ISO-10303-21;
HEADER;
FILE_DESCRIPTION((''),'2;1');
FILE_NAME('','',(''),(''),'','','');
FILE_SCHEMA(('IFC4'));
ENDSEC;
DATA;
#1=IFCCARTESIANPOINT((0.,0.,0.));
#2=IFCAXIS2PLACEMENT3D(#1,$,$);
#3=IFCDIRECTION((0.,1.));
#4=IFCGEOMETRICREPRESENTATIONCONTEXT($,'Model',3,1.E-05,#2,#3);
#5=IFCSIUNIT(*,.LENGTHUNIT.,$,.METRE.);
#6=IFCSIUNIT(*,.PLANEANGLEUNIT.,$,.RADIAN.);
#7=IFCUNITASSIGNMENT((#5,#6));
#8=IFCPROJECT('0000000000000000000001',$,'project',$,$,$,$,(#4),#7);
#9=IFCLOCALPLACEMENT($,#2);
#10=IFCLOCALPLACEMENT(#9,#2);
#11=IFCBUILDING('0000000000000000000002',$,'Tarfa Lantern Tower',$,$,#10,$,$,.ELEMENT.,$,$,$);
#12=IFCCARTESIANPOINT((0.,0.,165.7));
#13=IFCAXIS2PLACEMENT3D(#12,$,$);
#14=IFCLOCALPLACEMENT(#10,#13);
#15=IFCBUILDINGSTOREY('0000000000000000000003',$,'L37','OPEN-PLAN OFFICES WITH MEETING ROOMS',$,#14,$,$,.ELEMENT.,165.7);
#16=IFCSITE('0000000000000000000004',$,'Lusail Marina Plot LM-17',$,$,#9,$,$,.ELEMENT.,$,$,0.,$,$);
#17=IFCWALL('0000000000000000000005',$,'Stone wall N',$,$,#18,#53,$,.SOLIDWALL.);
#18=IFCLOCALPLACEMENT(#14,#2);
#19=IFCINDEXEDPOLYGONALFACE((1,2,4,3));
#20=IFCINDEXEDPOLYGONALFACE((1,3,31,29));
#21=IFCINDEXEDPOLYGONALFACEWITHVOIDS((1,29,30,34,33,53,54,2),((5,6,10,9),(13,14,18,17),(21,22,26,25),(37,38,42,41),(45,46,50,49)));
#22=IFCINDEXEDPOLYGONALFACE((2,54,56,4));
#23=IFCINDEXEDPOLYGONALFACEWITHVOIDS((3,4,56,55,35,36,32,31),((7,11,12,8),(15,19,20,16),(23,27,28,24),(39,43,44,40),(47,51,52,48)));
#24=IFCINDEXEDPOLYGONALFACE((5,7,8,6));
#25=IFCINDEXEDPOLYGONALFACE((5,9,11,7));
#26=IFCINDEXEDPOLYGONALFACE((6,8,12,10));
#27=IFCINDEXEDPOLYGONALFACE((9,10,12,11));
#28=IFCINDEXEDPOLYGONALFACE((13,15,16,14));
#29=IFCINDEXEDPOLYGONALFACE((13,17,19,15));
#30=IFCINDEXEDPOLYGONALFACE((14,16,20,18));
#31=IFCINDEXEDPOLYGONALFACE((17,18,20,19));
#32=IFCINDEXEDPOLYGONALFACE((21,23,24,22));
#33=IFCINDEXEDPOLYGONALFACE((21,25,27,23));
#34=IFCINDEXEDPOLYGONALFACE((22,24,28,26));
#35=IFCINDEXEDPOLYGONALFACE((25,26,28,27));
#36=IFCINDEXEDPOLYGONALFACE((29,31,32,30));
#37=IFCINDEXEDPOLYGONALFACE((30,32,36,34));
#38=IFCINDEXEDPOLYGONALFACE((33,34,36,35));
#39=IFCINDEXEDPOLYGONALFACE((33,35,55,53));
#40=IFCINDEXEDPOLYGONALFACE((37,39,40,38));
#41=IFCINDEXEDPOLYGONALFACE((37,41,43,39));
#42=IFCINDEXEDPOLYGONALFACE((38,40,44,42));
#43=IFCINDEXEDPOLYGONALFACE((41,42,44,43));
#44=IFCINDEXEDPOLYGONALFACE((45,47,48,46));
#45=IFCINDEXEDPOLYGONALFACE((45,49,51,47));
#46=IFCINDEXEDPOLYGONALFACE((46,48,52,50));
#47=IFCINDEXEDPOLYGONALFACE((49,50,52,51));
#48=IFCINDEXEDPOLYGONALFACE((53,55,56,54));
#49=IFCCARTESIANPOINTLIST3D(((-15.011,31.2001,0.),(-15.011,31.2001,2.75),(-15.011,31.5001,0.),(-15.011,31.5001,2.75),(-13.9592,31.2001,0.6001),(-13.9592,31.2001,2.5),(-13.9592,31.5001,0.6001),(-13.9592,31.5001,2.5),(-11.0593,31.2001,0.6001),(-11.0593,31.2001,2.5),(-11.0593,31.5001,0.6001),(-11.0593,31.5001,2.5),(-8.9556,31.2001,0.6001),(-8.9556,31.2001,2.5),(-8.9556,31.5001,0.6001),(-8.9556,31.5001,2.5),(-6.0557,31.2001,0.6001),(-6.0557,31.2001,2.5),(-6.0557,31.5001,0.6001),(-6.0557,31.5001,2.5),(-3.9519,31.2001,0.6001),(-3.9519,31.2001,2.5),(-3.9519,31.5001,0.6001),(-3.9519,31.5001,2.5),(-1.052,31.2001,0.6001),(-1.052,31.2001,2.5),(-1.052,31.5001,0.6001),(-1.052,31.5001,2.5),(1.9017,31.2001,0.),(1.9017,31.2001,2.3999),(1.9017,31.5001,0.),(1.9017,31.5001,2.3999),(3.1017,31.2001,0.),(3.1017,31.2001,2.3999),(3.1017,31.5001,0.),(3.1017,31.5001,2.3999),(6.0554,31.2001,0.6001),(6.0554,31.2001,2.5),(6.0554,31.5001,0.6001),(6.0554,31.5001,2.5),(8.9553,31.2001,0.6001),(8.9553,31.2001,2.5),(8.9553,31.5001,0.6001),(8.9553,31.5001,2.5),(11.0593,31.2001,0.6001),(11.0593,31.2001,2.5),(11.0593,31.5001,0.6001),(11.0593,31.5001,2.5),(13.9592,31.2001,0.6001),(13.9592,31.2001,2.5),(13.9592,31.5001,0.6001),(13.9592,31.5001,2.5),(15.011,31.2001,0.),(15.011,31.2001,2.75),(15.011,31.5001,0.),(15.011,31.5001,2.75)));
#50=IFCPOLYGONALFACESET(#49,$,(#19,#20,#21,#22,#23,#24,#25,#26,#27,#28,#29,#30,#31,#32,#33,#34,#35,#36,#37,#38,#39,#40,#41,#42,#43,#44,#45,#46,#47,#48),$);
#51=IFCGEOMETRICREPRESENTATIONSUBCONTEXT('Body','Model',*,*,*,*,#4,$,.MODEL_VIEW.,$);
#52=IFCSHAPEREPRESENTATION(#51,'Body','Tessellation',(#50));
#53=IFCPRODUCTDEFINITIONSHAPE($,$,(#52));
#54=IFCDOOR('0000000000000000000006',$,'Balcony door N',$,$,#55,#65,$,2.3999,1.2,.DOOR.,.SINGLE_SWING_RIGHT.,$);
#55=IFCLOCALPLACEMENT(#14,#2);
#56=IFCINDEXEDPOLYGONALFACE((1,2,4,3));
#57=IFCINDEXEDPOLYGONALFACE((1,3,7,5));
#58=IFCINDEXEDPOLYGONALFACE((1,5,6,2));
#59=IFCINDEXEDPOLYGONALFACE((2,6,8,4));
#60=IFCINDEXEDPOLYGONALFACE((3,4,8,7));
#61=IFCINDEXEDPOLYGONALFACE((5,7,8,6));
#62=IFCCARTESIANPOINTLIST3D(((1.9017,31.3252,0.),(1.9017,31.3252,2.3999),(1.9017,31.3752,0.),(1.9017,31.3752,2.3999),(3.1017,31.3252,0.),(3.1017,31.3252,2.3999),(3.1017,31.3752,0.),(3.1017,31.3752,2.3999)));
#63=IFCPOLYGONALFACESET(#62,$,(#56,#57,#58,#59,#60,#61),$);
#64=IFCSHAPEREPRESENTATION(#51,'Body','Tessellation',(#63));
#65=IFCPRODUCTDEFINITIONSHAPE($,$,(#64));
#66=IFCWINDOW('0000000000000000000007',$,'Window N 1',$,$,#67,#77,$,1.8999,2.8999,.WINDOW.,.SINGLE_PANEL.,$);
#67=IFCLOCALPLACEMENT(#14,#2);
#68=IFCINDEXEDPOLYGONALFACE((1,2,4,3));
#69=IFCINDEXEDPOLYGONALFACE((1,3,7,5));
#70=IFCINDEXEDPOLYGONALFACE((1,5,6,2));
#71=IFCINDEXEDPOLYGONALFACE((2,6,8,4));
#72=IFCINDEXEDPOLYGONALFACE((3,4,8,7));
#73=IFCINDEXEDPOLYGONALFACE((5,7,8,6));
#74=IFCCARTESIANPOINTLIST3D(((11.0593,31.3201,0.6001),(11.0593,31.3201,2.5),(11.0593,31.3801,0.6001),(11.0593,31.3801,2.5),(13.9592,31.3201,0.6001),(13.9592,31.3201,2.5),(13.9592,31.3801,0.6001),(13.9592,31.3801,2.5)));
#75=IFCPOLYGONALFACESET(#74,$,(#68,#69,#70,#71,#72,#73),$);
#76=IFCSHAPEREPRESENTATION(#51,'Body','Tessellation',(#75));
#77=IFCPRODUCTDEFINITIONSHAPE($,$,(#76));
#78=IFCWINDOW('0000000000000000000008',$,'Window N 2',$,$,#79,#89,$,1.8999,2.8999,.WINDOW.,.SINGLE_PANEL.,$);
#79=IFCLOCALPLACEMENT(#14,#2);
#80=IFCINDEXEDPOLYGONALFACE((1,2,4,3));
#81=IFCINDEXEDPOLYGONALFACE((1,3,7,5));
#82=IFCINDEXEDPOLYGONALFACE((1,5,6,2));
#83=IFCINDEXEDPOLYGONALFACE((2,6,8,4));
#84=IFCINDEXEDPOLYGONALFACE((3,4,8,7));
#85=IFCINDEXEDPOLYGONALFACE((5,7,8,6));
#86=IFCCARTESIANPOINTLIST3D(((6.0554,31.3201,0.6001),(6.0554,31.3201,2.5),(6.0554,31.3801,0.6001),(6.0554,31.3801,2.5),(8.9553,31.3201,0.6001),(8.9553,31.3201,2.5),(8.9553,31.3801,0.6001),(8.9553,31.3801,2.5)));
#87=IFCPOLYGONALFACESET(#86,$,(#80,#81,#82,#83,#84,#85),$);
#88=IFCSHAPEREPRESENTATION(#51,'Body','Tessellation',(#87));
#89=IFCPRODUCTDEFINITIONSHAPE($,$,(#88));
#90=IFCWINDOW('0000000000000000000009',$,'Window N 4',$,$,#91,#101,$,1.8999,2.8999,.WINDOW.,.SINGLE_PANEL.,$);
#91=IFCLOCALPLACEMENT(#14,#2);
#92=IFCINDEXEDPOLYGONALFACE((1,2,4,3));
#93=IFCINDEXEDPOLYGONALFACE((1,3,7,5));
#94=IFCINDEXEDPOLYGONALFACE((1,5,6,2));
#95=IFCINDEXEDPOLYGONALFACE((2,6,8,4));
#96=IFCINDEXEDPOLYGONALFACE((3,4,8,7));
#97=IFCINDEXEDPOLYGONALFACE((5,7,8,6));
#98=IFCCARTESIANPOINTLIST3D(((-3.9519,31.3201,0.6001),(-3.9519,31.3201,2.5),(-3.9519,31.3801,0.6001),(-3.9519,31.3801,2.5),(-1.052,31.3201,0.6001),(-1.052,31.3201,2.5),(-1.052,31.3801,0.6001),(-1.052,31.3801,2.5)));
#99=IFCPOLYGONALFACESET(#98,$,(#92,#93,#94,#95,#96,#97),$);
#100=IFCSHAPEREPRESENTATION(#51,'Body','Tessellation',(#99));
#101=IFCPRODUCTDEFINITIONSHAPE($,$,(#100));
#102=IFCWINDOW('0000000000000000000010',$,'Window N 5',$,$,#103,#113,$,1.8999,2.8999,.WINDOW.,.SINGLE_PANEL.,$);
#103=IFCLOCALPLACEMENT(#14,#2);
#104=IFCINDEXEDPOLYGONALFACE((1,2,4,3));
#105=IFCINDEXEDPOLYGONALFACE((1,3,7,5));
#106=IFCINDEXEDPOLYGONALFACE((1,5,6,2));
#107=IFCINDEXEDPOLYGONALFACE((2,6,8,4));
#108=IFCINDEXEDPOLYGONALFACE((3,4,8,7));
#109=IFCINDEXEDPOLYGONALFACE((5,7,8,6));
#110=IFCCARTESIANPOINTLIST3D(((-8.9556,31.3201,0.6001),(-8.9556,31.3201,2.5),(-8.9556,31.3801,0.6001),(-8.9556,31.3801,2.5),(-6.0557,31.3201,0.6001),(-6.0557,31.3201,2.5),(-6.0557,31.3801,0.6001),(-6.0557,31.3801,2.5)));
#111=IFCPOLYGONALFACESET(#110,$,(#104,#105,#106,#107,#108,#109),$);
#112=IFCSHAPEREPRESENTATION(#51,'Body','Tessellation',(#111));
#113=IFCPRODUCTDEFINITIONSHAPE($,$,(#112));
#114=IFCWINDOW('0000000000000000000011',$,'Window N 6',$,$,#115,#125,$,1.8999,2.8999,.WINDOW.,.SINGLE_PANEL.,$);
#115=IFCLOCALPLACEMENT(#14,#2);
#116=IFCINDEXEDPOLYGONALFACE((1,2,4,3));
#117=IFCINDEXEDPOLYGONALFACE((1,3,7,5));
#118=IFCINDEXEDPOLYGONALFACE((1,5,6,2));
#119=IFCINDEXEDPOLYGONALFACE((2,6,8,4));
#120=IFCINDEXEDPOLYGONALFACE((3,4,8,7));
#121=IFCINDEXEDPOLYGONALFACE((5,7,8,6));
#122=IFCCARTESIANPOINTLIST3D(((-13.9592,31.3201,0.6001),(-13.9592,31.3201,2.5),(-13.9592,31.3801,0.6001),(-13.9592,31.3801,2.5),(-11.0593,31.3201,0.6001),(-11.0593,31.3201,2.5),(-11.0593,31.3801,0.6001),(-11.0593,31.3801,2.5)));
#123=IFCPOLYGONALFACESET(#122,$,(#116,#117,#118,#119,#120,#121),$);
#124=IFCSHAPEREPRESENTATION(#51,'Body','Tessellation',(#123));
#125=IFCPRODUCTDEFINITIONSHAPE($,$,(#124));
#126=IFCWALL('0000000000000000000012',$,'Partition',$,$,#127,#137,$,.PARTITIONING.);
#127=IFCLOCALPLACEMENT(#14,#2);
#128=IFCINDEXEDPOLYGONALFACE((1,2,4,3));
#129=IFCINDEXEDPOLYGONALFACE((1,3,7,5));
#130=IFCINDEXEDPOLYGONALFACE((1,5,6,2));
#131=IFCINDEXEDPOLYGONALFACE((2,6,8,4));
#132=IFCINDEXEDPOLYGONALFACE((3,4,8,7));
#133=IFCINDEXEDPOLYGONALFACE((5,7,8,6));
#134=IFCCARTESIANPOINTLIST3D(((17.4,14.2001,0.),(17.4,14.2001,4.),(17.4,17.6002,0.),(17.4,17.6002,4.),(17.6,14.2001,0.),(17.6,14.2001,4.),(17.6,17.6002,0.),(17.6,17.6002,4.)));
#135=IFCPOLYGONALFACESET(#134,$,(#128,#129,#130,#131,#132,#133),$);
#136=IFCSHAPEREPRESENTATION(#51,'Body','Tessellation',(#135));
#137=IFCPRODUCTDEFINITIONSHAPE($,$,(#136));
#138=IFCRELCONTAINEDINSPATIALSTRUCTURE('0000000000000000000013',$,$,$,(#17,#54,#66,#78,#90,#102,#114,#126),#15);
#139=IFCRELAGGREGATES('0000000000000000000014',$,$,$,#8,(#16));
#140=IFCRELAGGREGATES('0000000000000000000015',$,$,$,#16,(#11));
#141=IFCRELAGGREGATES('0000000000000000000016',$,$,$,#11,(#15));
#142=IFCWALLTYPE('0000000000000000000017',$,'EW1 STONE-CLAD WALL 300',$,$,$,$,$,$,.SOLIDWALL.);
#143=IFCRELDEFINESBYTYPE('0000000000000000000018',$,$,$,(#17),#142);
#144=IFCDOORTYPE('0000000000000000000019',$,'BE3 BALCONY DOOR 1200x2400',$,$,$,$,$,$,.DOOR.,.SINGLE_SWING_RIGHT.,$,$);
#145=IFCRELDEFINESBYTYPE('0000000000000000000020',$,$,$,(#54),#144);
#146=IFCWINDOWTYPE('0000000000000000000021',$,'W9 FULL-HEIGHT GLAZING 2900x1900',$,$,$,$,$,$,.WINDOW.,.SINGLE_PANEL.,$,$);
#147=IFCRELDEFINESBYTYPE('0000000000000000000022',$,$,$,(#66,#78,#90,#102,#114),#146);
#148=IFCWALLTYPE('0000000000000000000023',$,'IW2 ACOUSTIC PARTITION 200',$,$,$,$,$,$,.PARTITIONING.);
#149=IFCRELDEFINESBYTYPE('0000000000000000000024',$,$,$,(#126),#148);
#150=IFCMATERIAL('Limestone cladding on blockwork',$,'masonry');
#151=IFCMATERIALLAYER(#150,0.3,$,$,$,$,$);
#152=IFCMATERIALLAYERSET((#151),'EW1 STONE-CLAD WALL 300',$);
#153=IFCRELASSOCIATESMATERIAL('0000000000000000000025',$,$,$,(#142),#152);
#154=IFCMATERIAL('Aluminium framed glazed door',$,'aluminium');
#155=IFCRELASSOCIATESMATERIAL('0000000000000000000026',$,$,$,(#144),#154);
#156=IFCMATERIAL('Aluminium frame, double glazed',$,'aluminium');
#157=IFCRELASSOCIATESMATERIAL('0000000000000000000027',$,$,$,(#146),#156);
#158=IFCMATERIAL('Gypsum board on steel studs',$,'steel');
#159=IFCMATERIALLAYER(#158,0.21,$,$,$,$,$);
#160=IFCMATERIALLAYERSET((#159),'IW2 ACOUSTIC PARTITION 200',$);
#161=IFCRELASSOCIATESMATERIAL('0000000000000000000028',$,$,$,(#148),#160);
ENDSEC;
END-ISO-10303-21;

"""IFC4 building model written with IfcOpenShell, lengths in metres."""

from ifc_helpers import new_model, si_unit, direction, frame, frame_2d, origin, place, context, subcontext, project, spatial, rectangle, extrude, material, layer, layer_set, type_object, element, fill, save


model = new_model("IFC4")

# Units and contexts
model_context = context("Model", 3, precision=1e-05, world=origin(), true_north=direction((0.0, 1.0)))
body_context = subcontext(model_context, "Body", "Model", "MODEL_VIEW")
ifc_project = project(units=[si_unit("LENGTHUNIT", "METRE"), si_unit("PLANEANGLEUNIT", "RADIAN")], contexts=[model_context])

# Site, building, storey
site_placement = place(None, origin())
site = spatial("IfcSite", under=ifc_project, at=site_placement, Name="Lusail Marina Plot LM-17", CompositionType="ELEMENT", RefElevation=0.0)
building_placement = place(site_placement, origin())
building = spatial("IfcBuilding", under=site, at=building_placement, Name="Tarfa Lantern Tower", CompositionType="ELEMENT")
storey_placement = place(building_placement, frame((0.0, 0.0, 165.7)))
storey = spatial("IfcBuildingStorey", under=building, at=storey_placement, Name="L37", Description="OPEN-PLAN OFFICES WITH MEETING ROOMS", CompositionType="ELEMENT", Elevation=165.7)

# Wall, openings, door, windows
ifc_material_1 = material(Name="Limestone cladding on blockwork", Category="masonry")
ifc_layer_1 = layer(ifc_material_1, 0.3)
ifc_layer_set_1 = layer_set([ifc_layer_1], Name="EW1 STONE-CLAD WALL 300")
wall_type_1 = type_object("IfcWallType", Name="EW1 STONE-CLAD WALL 300", PredefinedType="SOLIDWALL", material=ifc_layer_set_1)
wall_1_placement = place(storey_placement, frame((15.011, 31.3501, 0.0), z_axis=(0.0, 0.0, 1.0), x_axis=(-1.0, 0.0, 0.0)))
wall_1 = element("IfcWall", 1, at=wall_1_placement, inside=storey, type_object=wall_type_1, Name="Stone wall N", PredefinedType="SOLIDWALL", context=body_context, shape_type="SweptSolid", body=[
    extrude(rectangle(XDim=30.022, YDim=0.3, at=frame_2d((15.011, 0.0))), origin(), (0.0, 0.0, 1.0), 2.75),
])
opening_1_placement = place(wall_1_placement, frame((1.0518, 0.0, 0.6001)))
opening_1 = element("IfcOpeningElement", 2, at=opening_1_placement, cuts=wall_1, PredefinedType="OPENING", context=body_context, shape_type="SweptSolid", body=[
    extrude(rectangle(XDim=2.8999, YDim=1.8999, at=frame_2d((1.45, 0.95))), frame((0.0, 0.1599, 0.0), z_axis=(0.0, -1.0, 0.0), x_axis=(1.0, 0.0, 0.0)), (0.0, 0.0, 1.0), 0.3201),
])
opening_2_placement = place(wall_1_placement, frame((6.0557, 0.0, 0.6001)))
opening_2 = element("IfcOpeningElement", 3, at=opening_2_placement, cuts=wall_1, PredefinedType="OPENING", context=body_context, shape_type="SweptSolid", body=[
    extrude(rectangle(XDim=2.8999, YDim=1.8999, at=frame_2d((1.45, 0.95))), frame((0.0, 0.1599, 0.0), z_axis=(0.0, -1.0, 0.0), x_axis=(1.0, 0.0, 0.0)), (0.0, 0.0, 1.0), 0.3201),
])
opening_3_placement = place(wall_1_placement, frame((11.9092, 0.0, 0.0)))
opening_3 = element("IfcOpeningElement", 4, at=opening_3_placement, cuts=wall_1, PredefinedType="OPENING", context=body_context, shape_type="SweptSolid", body=[
    extrude(rectangle(XDim=1.2, YDim=2.3999, at=frame_2d((0.6001, 1.2))), frame((0.0, 0.1599, 0.0), z_axis=(0.0, -1.0, 0.0), x_axis=(1.0, 0.0, 0.0)), (0.0, 0.0, 1.0), 0.3201),
])
opening_4_placement = place(wall_1_placement, frame((16.063, 0.0, 0.6001)))
opening_4 = element("IfcOpeningElement", 5, at=opening_4_placement, cuts=wall_1, PredefinedType="OPENING", context=body_context, shape_type="SweptSolid", body=[
    extrude(rectangle(XDim=2.8999, YDim=1.8999, at=frame_2d((1.45, 0.95))), frame((0.0, 0.1599, 0.0), z_axis=(0.0, -1.0, 0.0), x_axis=(1.0, 0.0, 0.0)), (0.0, 0.0, 1.0), 0.3201),
])
opening_5_placement = place(wall_1_placement, frame((21.0667, 0.0, 0.6001)))
opening_5 = element("IfcOpeningElement", 6, at=opening_5_placement, cuts=wall_1, PredefinedType="OPENING", context=body_context, shape_type="SweptSolid", body=[
    extrude(rectangle(XDim=2.8999, YDim=1.8999, at=frame_2d((1.45, 0.95))), frame((0.0, 0.1599, 0.0), z_axis=(0.0, -1.0, 0.0), x_axis=(1.0, 0.0, 0.0)), (0.0, 0.0, 1.0), 0.3201),
])
opening_6_placement = place(wall_1_placement, frame((26.0703, 0.0, 0.6001)))
opening_6 = element("IfcOpeningElement", 7, at=opening_6_placement, cuts=wall_1, PredefinedType="OPENING", context=body_context, shape_type="SweptSolid", body=[
    extrude(rectangle(XDim=2.8999, YDim=1.8999, at=frame_2d((1.45, 0.95))), frame((0.0, 0.1599, 0.0), z_axis=(0.0, -1.0, 0.0), x_axis=(1.0, 0.0, 0.0)), (0.0, 0.0, 1.0), 0.3201),
])
ifc_material_2 = material(Name="Aluminium framed glazed door", Category="aluminium")
door_type = type_object("IfcDoorType", Name="BE3 BALCONY DOOR 1200x2400", OperationType="SINGLE_SWING_RIGHT", PredefinedType="DOOR", material=ifc_material_2)
door_placement = place(opening_3_placement, origin())
door = element("IfcDoor", 8, at=door_placement, inside=storey, type_object=door_type, Name="Balcony door N", OperationType="SINGLE_SWING_RIGHT", OverallHeight=2.3999, OverallWidth=1.2, PredefinedType="DOOR", context=body_context, shape_type="SweptSolid", body=[
    extrude(rectangle(XDim=1.2, YDim=2.3999, at=frame_2d((0.6001, 1.2))), frame((0.0, 0.0249, 0.0), z_axis=(0.0, -1.0, 0.0), x_axis=(1.0, 0.0, 0.0)), (0.0, 0.0, 1.0), 0.05),
])
fill(opening_3, door)
ifc_material_3 = material(Name="Aluminium frame, double glazed", Category="aluminium")
window_type = type_object("IfcWindowType", Name="W9 FULL-HEIGHT GLAZING 2900x1900", PartitioningType="SINGLE_PANEL", PredefinedType="WINDOW", material=ifc_material_3)
window_1_placement = place(opening_1_placement, origin())
window_1 = element("IfcWindow", 9, at=window_1_placement, inside=storey, type_object=window_type, Name="Window N 1", OverallHeight=1.8999, OverallWidth=2.8999, PartitioningType="SINGLE_PANEL", PredefinedType="WINDOW", context=body_context, shape_type="SweptSolid", body=[
    extrude(rectangle(XDim=2.8999, YDim=1.8999, at=frame_2d((1.45, 0.95))), frame((0.0, 0.03, 0.0), z_axis=(0.0, -1.0, 0.0), x_axis=(1.0, 0.0, 0.0)), (0.0, 0.0, 1.0), 0.0601),
])
fill(opening_1, window_1)
window_2_placement = place(opening_2_placement, origin())
window_2 = element("IfcWindow", 10, at=window_2_placement, inside=storey, type_object=window_type, Name="Window N 2", OverallHeight=1.8999, OverallWidth=2.8999, PartitioningType="SINGLE_PANEL", PredefinedType="WINDOW", context=body_context, shape_type="SweptSolid", body=[
    extrude(rectangle(XDim=2.8999, YDim=1.8999, at=frame_2d((1.45, 0.95))), frame((0.0, 0.03, 0.0), z_axis=(0.0, -1.0, 0.0), x_axis=(1.0, 0.0, 0.0)), (0.0, 0.0, 1.0), 0.0601),
])
fill(opening_2, window_2)
window_3_placement = place(opening_4_placement, origin())
window_3 = element("IfcWindow", 11, at=window_3_placement, inside=storey, type_object=window_type, Name="Window N 4", OverallHeight=1.8999, OverallWidth=2.8999, PartitioningType="SINGLE_PANEL", PredefinedType="WINDOW", context=body_context, shape_type="SweptSolid", body=[
    extrude(rectangle(XDim=2.8999, YDim=1.8999, at=frame_2d((1.45, 0.95))), frame((0.0, 0.03, 0.0), z_axis=(0.0, -1.0, 0.0), x_axis=(1.0, 0.0, 0.0)), (0.0, 0.0, 1.0), 0.0601),
])
fill(opening_4, window_3)
window_4_placement = place(opening_5_placement, origin())
window_4 = element("IfcWindow", 12, at=window_4_placement, inside=storey, type_object=window_type, Name="Window N 5", OverallHeight=1.8999, OverallWidth=2.8999, PartitioningType="SINGLE_PANEL", PredefinedType="WINDOW", context=body_context, shape_type="SweptSolid", body=[
    extrude(rectangle(XDim=2.8999, YDim=1.8999, at=frame_2d((1.45, 0.95))), frame((0.0, 0.03, 0.0), z_axis=(0.0, -1.0, 0.0), x_axis=(1.0, 0.0, 0.0)), (0.0, 0.0, 1.0), 0.0601),
])
fill(opening_5, window_4)
window_5_placement = place(opening_6_placement, origin())
window_5 = element("IfcWindow", 13, at=window_5_placement, inside=storey, type_object=window_type, Name="Window N 6", OverallHeight=1.8999, OverallWidth=2.8999, PartitioningType="SINGLE_PANEL", PredefinedType="WINDOW", context=body_context, shape_type="SweptSolid", body=[
    extrude(rectangle(XDim=2.8999, YDim=1.8999, at=frame_2d((1.45, 0.95))), frame((0.0, 0.03, 0.0), z_axis=(0.0, -1.0, 0.0), x_axis=(1.0, 0.0, 0.0)), (0.0, 0.0, 1.0), 0.0601),
])
fill(opening_6, window_5)

# Wall
ifc_material_4 = material(Name="Gypsum board on steel studs", Category="steel")
ifc_layer_2 = layer(ifc_material_4, 0.21)
ifc_layer_set_2 = layer_set([ifc_layer_2], Name="IW2 ACOUSTIC PARTITION 200")
wall_type_2 = type_object("IfcWallType", Name="IW2 ACOUSTIC PARTITION 200", PredefinedType="PARTITIONING", material=ifc_layer_set_2)
wall_2_placement = place(storey_placement, frame((17.5, 14.2, 0.0), z_axis=(0.0, 0.0, 1.0), x_axis=(0.0, 1.0, 0.0)))
element("IfcWall", 14, at=wall_2_placement, inside=storey, type_object=wall_type_2, Name="Partition", PredefinedType="PARTITIONING", context=body_context, shape_type="SweptSolid", body=[
    extrude(rectangle(XDim=3.4001, YDim=0.2, at=frame_2d((1.7002, 0.0))), origin(), (0.0, 0.0, 1.0), 4.0),
])

save(model, "model.ifc")
